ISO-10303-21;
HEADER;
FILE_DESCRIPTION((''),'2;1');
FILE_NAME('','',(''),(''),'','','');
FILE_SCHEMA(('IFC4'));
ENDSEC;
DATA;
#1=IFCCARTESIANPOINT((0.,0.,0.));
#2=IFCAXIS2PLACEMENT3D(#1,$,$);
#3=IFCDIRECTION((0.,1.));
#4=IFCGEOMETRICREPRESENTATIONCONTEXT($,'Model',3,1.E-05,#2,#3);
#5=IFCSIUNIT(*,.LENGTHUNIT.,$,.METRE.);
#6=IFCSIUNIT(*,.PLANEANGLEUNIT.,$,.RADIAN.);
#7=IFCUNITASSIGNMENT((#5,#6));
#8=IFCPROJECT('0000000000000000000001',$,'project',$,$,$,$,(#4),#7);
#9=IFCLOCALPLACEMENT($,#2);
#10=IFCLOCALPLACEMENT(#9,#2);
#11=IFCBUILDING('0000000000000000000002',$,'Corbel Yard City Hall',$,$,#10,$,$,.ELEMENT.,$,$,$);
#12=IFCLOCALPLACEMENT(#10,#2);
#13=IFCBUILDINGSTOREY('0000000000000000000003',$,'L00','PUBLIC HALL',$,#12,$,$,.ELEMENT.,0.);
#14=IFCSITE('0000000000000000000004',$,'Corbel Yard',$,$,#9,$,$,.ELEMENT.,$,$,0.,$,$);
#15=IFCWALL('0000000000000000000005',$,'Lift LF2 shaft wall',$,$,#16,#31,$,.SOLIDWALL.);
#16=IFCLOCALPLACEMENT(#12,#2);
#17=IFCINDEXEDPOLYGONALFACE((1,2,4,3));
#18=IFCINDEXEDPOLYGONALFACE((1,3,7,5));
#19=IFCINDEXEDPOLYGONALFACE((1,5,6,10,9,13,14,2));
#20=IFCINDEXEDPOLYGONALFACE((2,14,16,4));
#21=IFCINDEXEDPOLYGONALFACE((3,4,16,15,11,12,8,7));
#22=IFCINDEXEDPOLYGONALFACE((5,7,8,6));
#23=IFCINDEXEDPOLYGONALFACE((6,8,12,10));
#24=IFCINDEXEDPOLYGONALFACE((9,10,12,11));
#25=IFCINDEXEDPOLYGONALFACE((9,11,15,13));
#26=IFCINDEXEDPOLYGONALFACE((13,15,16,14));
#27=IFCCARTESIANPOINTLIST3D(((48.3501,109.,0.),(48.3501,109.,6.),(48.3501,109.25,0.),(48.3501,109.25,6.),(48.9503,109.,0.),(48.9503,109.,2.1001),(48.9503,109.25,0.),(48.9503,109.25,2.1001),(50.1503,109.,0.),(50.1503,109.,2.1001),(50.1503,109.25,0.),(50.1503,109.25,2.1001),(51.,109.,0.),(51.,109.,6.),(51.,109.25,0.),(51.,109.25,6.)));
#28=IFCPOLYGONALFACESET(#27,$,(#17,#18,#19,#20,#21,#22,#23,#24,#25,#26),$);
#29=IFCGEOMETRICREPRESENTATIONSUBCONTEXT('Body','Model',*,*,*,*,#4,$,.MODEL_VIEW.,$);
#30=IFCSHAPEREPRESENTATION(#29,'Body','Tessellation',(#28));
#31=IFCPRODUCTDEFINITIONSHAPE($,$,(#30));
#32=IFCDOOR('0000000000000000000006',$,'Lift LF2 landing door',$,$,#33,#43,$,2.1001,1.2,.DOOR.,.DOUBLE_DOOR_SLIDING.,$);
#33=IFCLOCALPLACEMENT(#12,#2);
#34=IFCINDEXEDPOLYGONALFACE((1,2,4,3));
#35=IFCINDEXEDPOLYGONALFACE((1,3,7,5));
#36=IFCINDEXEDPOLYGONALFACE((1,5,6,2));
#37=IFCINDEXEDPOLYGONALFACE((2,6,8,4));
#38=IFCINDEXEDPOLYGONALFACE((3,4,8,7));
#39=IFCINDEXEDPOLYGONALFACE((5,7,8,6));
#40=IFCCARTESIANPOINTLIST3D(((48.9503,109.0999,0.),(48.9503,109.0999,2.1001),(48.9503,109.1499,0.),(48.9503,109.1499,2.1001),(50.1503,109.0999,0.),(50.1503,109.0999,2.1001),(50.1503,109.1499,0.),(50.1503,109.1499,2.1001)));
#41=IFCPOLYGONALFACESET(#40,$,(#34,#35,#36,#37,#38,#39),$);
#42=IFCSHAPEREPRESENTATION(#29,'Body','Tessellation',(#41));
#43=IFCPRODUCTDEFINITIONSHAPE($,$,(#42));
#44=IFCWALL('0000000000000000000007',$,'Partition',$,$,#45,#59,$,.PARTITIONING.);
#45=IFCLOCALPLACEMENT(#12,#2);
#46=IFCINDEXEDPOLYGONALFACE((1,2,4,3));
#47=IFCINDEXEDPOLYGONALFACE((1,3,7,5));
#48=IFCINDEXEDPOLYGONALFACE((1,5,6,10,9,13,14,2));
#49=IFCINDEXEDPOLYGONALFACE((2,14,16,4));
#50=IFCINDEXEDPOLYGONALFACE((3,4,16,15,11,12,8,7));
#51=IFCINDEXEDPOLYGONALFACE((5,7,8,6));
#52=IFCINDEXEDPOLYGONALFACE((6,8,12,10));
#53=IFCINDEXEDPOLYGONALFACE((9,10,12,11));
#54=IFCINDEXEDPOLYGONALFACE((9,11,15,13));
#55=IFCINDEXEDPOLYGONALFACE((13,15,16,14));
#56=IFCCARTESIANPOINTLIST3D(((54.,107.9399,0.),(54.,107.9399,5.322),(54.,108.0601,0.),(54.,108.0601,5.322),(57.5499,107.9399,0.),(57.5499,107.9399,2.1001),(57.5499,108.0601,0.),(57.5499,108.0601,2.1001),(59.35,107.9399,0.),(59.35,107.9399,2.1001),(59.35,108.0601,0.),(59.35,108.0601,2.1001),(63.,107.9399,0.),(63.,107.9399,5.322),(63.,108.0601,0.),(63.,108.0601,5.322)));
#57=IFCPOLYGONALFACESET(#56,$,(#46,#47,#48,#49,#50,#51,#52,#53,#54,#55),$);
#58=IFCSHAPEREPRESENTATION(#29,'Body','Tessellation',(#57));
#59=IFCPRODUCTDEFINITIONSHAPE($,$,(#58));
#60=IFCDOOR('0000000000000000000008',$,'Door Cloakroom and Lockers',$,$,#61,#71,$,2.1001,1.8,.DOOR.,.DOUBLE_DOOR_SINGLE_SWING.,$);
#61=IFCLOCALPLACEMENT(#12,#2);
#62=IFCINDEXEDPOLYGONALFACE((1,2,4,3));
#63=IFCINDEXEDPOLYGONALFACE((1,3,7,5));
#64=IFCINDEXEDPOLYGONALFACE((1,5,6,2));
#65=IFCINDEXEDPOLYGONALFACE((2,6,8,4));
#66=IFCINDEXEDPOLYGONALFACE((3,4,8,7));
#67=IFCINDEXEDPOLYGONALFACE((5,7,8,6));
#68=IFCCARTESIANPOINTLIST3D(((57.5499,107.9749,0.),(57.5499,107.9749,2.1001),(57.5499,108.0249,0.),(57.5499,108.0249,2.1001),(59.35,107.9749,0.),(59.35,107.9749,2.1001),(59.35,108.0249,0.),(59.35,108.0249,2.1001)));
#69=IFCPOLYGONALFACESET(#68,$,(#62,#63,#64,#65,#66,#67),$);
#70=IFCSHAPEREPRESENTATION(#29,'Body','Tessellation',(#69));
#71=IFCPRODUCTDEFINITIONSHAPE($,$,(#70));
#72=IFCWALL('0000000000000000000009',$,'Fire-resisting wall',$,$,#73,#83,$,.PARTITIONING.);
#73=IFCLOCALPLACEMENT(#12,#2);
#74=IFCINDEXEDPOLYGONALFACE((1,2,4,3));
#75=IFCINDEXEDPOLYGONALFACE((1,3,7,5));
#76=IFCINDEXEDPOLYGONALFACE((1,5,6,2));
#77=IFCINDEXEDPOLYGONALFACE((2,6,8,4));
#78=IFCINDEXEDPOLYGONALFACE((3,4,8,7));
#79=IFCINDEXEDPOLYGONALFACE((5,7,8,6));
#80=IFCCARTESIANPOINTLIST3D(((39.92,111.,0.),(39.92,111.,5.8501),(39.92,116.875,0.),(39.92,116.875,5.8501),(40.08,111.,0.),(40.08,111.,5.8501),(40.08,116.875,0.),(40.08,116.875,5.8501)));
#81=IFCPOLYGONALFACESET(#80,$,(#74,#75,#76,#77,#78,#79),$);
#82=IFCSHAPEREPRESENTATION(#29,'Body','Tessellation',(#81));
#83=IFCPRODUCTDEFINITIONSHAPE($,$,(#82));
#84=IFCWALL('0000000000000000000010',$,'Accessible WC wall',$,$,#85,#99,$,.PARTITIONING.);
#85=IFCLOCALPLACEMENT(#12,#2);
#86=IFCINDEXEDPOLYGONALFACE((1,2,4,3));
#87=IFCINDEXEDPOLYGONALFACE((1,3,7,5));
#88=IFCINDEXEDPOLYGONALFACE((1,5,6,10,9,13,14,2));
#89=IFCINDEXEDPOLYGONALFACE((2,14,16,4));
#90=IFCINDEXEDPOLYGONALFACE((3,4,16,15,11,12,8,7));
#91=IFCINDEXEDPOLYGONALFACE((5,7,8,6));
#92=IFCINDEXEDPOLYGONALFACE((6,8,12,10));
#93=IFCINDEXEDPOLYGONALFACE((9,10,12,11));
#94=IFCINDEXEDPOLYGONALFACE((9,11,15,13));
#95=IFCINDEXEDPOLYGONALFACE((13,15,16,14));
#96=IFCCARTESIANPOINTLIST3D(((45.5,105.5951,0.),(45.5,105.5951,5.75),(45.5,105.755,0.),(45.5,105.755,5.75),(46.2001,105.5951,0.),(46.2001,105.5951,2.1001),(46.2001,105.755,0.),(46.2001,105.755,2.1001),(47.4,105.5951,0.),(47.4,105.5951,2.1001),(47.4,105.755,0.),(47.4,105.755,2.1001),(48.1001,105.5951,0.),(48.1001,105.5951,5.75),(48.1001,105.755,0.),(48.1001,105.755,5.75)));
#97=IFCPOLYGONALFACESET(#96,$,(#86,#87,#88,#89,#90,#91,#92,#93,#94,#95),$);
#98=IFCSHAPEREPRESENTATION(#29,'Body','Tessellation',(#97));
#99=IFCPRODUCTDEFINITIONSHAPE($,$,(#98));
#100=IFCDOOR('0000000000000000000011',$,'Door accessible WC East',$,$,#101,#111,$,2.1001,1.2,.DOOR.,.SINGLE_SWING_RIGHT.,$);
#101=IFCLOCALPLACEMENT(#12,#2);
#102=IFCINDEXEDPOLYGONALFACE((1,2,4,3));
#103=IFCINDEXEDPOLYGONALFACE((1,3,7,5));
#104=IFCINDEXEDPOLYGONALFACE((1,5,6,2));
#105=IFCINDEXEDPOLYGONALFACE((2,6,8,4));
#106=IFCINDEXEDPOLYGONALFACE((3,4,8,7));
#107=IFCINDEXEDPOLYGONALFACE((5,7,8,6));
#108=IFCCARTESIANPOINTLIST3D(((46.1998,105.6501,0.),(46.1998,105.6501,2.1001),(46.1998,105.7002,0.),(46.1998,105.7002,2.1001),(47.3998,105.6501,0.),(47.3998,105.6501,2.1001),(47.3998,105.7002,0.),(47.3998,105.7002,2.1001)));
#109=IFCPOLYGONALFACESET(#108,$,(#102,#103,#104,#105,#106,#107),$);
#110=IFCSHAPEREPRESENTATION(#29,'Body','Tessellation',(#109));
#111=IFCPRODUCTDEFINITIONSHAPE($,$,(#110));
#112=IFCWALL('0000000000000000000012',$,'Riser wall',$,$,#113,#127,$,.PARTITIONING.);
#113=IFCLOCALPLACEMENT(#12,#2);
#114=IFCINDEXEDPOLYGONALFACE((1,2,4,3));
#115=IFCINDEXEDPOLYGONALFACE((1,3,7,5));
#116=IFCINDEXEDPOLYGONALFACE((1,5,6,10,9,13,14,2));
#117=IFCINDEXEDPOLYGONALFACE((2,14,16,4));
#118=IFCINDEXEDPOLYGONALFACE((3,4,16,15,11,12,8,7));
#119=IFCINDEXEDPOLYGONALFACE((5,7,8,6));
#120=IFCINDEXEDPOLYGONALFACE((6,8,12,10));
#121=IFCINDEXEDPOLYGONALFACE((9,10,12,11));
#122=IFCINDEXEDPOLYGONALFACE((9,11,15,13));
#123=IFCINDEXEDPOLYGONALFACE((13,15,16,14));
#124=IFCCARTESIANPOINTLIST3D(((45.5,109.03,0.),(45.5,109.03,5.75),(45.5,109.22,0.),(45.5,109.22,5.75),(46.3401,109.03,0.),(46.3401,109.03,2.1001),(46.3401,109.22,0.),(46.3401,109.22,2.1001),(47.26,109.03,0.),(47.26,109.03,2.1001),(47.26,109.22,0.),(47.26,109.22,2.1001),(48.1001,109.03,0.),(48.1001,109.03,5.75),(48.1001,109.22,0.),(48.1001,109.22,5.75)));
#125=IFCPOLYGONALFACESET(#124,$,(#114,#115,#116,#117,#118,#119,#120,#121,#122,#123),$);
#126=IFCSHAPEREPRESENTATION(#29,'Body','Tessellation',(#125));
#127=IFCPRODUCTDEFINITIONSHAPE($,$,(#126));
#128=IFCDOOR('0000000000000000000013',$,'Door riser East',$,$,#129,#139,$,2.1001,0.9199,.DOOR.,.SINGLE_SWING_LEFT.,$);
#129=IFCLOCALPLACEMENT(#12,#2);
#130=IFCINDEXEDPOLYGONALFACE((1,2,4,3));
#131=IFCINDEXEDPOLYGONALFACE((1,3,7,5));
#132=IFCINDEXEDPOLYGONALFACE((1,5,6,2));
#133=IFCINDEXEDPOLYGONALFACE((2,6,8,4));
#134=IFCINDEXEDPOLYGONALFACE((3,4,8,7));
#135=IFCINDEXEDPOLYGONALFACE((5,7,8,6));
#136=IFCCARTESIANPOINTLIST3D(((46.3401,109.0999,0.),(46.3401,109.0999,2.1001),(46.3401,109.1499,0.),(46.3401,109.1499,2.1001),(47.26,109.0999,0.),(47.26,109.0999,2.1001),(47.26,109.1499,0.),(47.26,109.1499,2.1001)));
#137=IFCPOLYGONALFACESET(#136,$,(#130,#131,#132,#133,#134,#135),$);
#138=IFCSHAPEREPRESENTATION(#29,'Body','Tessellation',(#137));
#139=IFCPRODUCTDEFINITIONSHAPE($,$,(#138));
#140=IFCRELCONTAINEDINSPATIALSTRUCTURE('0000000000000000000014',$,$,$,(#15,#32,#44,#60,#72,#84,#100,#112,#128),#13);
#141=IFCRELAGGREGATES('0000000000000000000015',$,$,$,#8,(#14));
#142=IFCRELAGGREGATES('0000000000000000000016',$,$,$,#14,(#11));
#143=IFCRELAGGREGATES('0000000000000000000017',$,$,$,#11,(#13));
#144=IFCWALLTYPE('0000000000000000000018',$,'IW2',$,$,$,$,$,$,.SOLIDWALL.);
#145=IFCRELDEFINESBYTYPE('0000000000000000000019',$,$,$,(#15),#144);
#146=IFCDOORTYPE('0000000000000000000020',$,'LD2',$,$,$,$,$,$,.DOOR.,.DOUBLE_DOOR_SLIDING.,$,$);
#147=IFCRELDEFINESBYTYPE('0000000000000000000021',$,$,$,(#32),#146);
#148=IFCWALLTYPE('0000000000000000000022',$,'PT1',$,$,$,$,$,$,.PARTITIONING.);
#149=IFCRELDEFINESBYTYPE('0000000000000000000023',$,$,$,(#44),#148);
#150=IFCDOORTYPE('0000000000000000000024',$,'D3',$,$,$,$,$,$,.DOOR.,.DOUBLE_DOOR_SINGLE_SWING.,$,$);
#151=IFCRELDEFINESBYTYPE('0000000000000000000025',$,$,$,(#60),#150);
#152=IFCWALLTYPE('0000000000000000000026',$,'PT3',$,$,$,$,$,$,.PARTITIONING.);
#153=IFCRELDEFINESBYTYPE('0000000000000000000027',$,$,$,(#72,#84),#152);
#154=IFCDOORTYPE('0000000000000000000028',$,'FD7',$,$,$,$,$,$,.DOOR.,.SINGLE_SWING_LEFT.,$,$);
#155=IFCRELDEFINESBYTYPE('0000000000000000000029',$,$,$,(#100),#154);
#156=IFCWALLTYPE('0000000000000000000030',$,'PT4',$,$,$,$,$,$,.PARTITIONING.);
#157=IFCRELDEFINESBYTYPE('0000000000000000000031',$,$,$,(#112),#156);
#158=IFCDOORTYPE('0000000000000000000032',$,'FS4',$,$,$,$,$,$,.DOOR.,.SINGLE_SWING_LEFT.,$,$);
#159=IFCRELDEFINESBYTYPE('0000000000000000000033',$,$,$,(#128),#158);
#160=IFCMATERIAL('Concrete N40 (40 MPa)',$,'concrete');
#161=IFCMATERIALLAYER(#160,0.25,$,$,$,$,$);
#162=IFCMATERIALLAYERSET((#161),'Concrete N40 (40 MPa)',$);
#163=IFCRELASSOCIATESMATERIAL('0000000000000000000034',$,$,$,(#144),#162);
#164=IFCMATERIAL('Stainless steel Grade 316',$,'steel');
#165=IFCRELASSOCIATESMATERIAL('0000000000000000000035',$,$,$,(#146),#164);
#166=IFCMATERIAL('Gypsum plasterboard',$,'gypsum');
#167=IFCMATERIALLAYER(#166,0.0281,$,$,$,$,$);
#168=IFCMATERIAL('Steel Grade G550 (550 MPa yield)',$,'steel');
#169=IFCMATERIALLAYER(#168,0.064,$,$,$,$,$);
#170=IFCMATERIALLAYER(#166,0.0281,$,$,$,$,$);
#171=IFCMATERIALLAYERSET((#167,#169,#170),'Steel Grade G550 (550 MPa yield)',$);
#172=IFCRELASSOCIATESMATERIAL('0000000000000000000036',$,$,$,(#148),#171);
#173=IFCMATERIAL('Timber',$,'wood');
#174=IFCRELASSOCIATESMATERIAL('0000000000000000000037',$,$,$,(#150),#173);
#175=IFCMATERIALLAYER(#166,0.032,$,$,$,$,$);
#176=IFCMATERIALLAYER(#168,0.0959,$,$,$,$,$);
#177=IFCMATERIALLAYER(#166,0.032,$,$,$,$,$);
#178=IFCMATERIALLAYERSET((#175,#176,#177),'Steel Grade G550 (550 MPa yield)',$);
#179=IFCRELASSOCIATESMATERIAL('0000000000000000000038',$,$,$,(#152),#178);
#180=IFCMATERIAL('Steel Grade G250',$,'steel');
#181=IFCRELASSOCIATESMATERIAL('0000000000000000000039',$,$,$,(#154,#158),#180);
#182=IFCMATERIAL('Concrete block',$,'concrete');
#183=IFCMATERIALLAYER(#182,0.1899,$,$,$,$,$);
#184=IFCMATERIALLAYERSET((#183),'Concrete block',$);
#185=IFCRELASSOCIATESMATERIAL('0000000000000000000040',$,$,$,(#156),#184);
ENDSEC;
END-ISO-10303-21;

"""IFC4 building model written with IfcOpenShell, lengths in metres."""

from ifc_helpers import new_model, si_unit, direction, frame, frame_2d, origin, place, context, subcontext, project, spatial, rectangle, extrude, material, layer, layer_set, type_object, element, fill, save


model = new_model("IFC4")

# Units and contexts
model_context = context("Model", 3, precision=1e-05, world=origin(), true_north=direction((0.0, 1.0)))
body_context = subcontext(model_context, "Body", "Model", "MODEL_VIEW")
ifc_project = project(units=[si_unit("LENGTHUNIT", "METRE"), si_unit("PLANEANGLEUNIT", "RADIAN")], contexts=[model_context])

# Site, building, storey
site_placement = place(None, origin())
site = spatial("IfcSite", under=ifc_project, at=site_placement, Name="Corbel Yard", CompositionType="ELEMENT", RefElevation=0.0)
building_placement = place(site_placement, origin())
building = spatial("IfcBuilding", under=site, at=building_placement, Name="Corbel Yard City Hall", CompositionType="ELEMENT")
storey_placement = place(building_placement, origin())
storey = spatial("IfcBuildingStorey", under=building, at=storey_placement, Name="L00", Description="PUBLIC HALL", CompositionType="ELEMENT", Elevation=0.0)

# Shared definitions
ifc_material_1 = material(Name="Concrete N40 (40 MPa)", Category="concrete")
ifc_layer_1 = layer(ifc_material_1, 0.25)
ifc_layer_set_1 = layer_set([ifc_layer_1], Name="Concrete N40 (40 MPa)")
wall_type_1 = type_object("IfcWallType", Name="IW2", PredefinedType="SOLIDWALL", material=ifc_layer_set_1)

# Shared definitions
ifc_material_2 = material(Name="Stainless steel Grade 316", Category="steel")

# Walls, openings, doors
wall_1_placement = place(storey_placement, frame((48.3501, 109.125, 0.0), z_axis=(0.0, 0.0, 1.0), x_axis=(1.0, 0.0, 0.0)))
wall_1 = element("IfcWall", 1, at=wall_1_placement, inside=storey, type_object=wall_type_1, Name="Lift LF2 shaft wall", PredefinedType="SOLIDWALL", context=body_context, shape_type="SweptSolid", body=[
    extrude(rectangle(XDim=2.6499, YDim=0.25, at=frame_2d((1.325, 0.0))), origin(), (0.0, 0.0, 1.0), 6.0),
])
opening_1_placement = place(wall_1_placement, frame((0.6001, 0.0, 0.0)))
opening_1 = element("IfcOpeningElement", 2, at=opening_1_placement, cuts=wall_1, PredefinedType="OPENING", context=body_context, shape_type="SweptSolid", body=[
    extrude(rectangle(XDim=1.2, YDim=2.1001, at=frame_2d((0.6001, 1.05))), frame((0.0, 0.135, 0.0), z_axis=(0.0, -1.0, 0.0), x_axis=(1.0, 0.0, 0.0)), (0.0, 0.0, 1.0), 0.27),
])
door_type_1 = type_object("IfcDoorType", Name="LD2", OperationType="DOUBLE_DOOR_SLIDING", PredefinedType="DOOR", material=ifc_material_2)
door_1_placement = place(opening_1_placement, origin())
door_1 = element("IfcDoor", 3, at=door_1_placement, inside=storey, type_object=door_type_1, Name="Lift LF2 landing door", OperationType="DOUBLE_DOOR_SLIDING", OverallHeight=2.1001, OverallWidth=1.2, PredefinedType="DOOR", context=body_context, shape_type="SweptSolid", body=[
    extrude(rectangle(XDim=1.2, YDim=2.1001, at=frame_2d((0.6001, 1.05))), frame((0.0, 0.0249, 0.0), z_axis=(0.0, -1.0, 0.0), x_axis=(1.0, 0.0, 0.0)), (0.0, 0.0, 1.0), 0.05),
])
fill(opening_1, door_1)
ifc_material_3 = material(Name="Gypsum plasterboard", Category="gypsum")
ifc_layer_2 = layer(ifc_material_3, 0.0281)
ifc_material_4 = material(Name="Steel Grade G550 (550 MPa yield)", Category="steel")
ifc_layer_3 = layer(ifc_material_4, 0.064)
ifc_layer_4 = layer(ifc_material_3, 0.0281)
ifc_layer_set_2 = layer_set([ifc_layer_2, ifc_layer_3, ifc_layer_4], Name="Steel Grade G550 (550 MPa yield)")
wall_type_2 = type_object("IfcWallType", Name="PT1", PredefinedType="PARTITIONING", material=ifc_layer_set_2)
wall_2_placement = place(storey_placement, frame((54.0, 108.0, 0.0), z_axis=(0.0, 0.0, 1.0), x_axis=(1.0, 0.0, 0.0)))
wall_2 = element("IfcWall", 4, at=wall_2_placement, inside=storey, type_object=wall_type_2, Name="Partition", PredefinedType="PARTITIONING", context=body_context, shape_type="SweptSolid", body=[
    extrude(rectangle(XDim=9.0, YDim=0.1201, at=frame_2d((4.5, 0.0))), origin(), (0.0, 0.0, 1.0), 5.322),
])
opening_2_placement = place(wall_2_placement, frame((3.55, 0.0, 0.0)))
opening_2 = element("IfcOpeningElement", 5, at=opening_2_placement, cuts=wall_2, PredefinedType="OPENING", context=body_context, shape_type="SweptSolid", body=[
    extrude(rectangle(XDim=1.8, YDim=2.1001, at=frame_2d((0.8999, 1.05))), frame((0.0, 0.0701, 0.0), z_axis=(0.0, -1.0, 0.0), x_axis=(1.0, 0.0, 0.0)), (0.0, 0.0, 1.0), 0.1401),
])
ifc_material_5 = material(Name="Timber", Category="wood")
door_type_2 = type_object("IfcDoorType", Name="D3", OperationType="DOUBLE_DOOR_SINGLE_SWING", PredefinedType="DOOR", material=ifc_material_5)
door_2_placement = place(opening_2_placement, origin())
door_2 = element("IfcDoor", 6, at=door_2_placement, inside=storey, type_object=door_type_2, Name="Door Cloakroom and Lockers", OperationType="DOUBLE_DOOR_SINGLE_SWING", OverallHeight=2.1001, OverallWidth=1.8, PredefinedType="DOOR", context=body_context, shape_type="SweptSolid", body=[
    extrude(rectangle(XDim=1.8, YDim=2.1001, at=frame_2d((0.8999, 1.05))), frame((0.0, 0.0249, 0.0), z_axis=(0.0, -1.0, 0.0), x_axis=(1.0, 0.0, 0.0)), (0.0, 0.0, 1.0), 0.05),
])
fill(opening_2, door_2)

# Wall
ifc_layer_5 = layer(ifc_material_3, 0.032)
ifc_layer_6 = layer(ifc_material_4, 0.0959)
ifc_layer_7 = layer(ifc_material_3, 0.032)
ifc_layer_set_3 = layer_set([ifc_layer_5, ifc_layer_6, ifc_layer_7], Name="Steel Grade G550 (550 MPa yield)")
wall_type_3 = type_object("IfcWallType", Name="PT3", PredefinedType="PARTITIONING", material=ifc_layer_set_3)
wall_3_placement = place(storey_placement, frame((40.0, 111.0, 0.0), z_axis=(0.0, 0.0, 1.0), x_axis=(0.0, 1.0, 0.0)))
element("IfcWall", 7, at=wall_3_placement, inside=storey, type_object=wall_type_3, Name="Fire-resisting wall", PredefinedType="PARTITIONING", context=body_context, shape_type="SweptSolid", body=[
    extrude(rectangle(XDim=5.875, YDim=0.1599, at=frame_2d((2.9375, 0.0))), origin(), (0.0, 0.0, 1.0), 5.8501),
])

# Walls, openings, doors
wall_4_placement = place(storey_placement, frame((45.5, 105.675, 0.0), z_axis=(0.0, 0.0, 1.0), x_axis=(1.0, 0.0, 0.0)))
wall_4 = element("IfcWall", 8, at=wall_4_placement, inside=storey, type_object=wall_type_3, Name="Accessible WC wall", PredefinedType="PARTITIONING", context=body_context, shape_type="SweptSolid", body=[
    extrude(rectangle(XDim=2.6001, YDim=0.1599, at=frame_2d((1.3, 0.0))), origin(), (0.0, 0.0, 1.0), 5.75),
])
opening_3_placement = place(wall_4_placement, frame((0.7, 0.0, 0.0)))
opening_3 = element("IfcOpeningElement", 9, at=opening_3_placement, cuts=wall_4, PredefinedType="OPENING", context=body_context, shape_type="SweptSolid", body=[
    extrude(rectangle(XDim=1.2, YDim=2.1001, at=frame_2d((0.6001, 1.05))), frame((0.0, 0.0898, 0.0), z_axis=(0.0, -1.0, 0.0), x_axis=(1.0, 0.0, 0.0)), (0.0, 0.0, 1.0), 0.1799),
])
ifc_material_6 = material(Name="Steel Grade G250", Category="steel")
door_type_3 = type_object("IfcDoorType", Name="FD7", OperationType="SINGLE_SWING_LEFT", PredefinedType="DOOR", material=ifc_material_6)
door_3_placement = place(opening_3_placement, frame((1.2, 0.0, 0.0), z_axis=(0.0, 0.0, 1.0), x_axis=(-1.0, 0.0, 0.0)))
door_3 = element("IfcDoor", 10, at=door_3_placement, inside=storey, type_object=door_type_3, Name="Door accessible WC East", OperationType="SINGLE_SWING_RIGHT", OverallHeight=2.1001, OverallWidth=1.2, PredefinedType="DOOR", context=body_context, shape_type="SweptSolid", body=[
    extrude(rectangle(XDim=1.2, YDim=2.1001, at=frame_2d((0.6001, 1.05))), frame((0.0, 0.0249, 0.0), z_axis=(0.0, -1.0, 0.0), x_axis=(1.0, 0.0, 0.0)), (0.0, 0.0, 1.0), 0.05),
])
fill(opening_3, door_3)
ifc_material_7 = material(Name="Concrete block", Category="concrete")
ifc_layer_8 = layer(ifc_material_7, 0.1899)
ifc_layer_set_4 = layer_set([ifc_layer_8], Name="Concrete block")
wall_type_4 = type_object("IfcWallType", Name="PT4", PredefinedType="PARTITIONING", material=ifc_layer_set_4)
wall_5_placement = place(storey_placement, frame((45.5, 109.125, 0.0), z_axis=(0.0, 0.0, 1.0), x_axis=(1.0, 0.0, 0.0)))
wall_5 = element("IfcWall", 11, at=wall_5_placement, inside=storey, type_object=wall_type_4, Name="Riser wall", PredefinedType="PARTITIONING", context=body_context, shape_type="SweptSolid", body=[
    extrude(rectangle(XDim=2.6001, YDim=0.1899, at=frame_2d((1.3, 0.0))), origin(), (0.0, 0.0, 1.0), 5.75),
])
opening_4_placement = place(wall_5_placement, frame((0.8401, 0.0, 0.0)))
opening_4 = element("IfcOpeningElement", 12, at=opening_4_placement, cuts=wall_5, PredefinedType="OPENING", context=body_context, shape_type="SweptSolid", body=[
    extrude(rectangle(XDim=0.9199, YDim=2.1001, at=frame_2d((0.46, 1.05))), frame((0.0, 0.105, 0.0), z_axis=(0.0, -1.0, 0.0), x_axis=(1.0, 0.0, 0.0)), (0.0, 0.0, 1.0), 0.21),
])
door_type_4 = type_object("IfcDoorType", Name="FS4", OperationType="SINGLE_SWING_LEFT", PredefinedType="DOOR", material=ifc_material_6)
door_4_placement = place(opening_4_placement, origin())
door_4 = element("IfcDoor", 13, at=door_4_placement, inside=storey, type_object=door_type_4, Name="Door riser East", OperationType="SINGLE_SWING_LEFT", OverallHeight=2.1001, OverallWidth=0.9199, PredefinedType="DOOR", context=body_context, shape_type="SweptSolid", body=[
    extrude(rectangle(XDim=0.9199, YDim=2.1001, at=frame_2d((0.46, 1.05))), frame((0.0, 0.0249, 0.0), z_axis=(0.0, -1.0, 0.0), x_axis=(1.0, 0.0, 0.0)), (0.0, 0.0, 1.0), 0.05),
])
fill(opening_4, door_4)

save(model, "model.ifc")
